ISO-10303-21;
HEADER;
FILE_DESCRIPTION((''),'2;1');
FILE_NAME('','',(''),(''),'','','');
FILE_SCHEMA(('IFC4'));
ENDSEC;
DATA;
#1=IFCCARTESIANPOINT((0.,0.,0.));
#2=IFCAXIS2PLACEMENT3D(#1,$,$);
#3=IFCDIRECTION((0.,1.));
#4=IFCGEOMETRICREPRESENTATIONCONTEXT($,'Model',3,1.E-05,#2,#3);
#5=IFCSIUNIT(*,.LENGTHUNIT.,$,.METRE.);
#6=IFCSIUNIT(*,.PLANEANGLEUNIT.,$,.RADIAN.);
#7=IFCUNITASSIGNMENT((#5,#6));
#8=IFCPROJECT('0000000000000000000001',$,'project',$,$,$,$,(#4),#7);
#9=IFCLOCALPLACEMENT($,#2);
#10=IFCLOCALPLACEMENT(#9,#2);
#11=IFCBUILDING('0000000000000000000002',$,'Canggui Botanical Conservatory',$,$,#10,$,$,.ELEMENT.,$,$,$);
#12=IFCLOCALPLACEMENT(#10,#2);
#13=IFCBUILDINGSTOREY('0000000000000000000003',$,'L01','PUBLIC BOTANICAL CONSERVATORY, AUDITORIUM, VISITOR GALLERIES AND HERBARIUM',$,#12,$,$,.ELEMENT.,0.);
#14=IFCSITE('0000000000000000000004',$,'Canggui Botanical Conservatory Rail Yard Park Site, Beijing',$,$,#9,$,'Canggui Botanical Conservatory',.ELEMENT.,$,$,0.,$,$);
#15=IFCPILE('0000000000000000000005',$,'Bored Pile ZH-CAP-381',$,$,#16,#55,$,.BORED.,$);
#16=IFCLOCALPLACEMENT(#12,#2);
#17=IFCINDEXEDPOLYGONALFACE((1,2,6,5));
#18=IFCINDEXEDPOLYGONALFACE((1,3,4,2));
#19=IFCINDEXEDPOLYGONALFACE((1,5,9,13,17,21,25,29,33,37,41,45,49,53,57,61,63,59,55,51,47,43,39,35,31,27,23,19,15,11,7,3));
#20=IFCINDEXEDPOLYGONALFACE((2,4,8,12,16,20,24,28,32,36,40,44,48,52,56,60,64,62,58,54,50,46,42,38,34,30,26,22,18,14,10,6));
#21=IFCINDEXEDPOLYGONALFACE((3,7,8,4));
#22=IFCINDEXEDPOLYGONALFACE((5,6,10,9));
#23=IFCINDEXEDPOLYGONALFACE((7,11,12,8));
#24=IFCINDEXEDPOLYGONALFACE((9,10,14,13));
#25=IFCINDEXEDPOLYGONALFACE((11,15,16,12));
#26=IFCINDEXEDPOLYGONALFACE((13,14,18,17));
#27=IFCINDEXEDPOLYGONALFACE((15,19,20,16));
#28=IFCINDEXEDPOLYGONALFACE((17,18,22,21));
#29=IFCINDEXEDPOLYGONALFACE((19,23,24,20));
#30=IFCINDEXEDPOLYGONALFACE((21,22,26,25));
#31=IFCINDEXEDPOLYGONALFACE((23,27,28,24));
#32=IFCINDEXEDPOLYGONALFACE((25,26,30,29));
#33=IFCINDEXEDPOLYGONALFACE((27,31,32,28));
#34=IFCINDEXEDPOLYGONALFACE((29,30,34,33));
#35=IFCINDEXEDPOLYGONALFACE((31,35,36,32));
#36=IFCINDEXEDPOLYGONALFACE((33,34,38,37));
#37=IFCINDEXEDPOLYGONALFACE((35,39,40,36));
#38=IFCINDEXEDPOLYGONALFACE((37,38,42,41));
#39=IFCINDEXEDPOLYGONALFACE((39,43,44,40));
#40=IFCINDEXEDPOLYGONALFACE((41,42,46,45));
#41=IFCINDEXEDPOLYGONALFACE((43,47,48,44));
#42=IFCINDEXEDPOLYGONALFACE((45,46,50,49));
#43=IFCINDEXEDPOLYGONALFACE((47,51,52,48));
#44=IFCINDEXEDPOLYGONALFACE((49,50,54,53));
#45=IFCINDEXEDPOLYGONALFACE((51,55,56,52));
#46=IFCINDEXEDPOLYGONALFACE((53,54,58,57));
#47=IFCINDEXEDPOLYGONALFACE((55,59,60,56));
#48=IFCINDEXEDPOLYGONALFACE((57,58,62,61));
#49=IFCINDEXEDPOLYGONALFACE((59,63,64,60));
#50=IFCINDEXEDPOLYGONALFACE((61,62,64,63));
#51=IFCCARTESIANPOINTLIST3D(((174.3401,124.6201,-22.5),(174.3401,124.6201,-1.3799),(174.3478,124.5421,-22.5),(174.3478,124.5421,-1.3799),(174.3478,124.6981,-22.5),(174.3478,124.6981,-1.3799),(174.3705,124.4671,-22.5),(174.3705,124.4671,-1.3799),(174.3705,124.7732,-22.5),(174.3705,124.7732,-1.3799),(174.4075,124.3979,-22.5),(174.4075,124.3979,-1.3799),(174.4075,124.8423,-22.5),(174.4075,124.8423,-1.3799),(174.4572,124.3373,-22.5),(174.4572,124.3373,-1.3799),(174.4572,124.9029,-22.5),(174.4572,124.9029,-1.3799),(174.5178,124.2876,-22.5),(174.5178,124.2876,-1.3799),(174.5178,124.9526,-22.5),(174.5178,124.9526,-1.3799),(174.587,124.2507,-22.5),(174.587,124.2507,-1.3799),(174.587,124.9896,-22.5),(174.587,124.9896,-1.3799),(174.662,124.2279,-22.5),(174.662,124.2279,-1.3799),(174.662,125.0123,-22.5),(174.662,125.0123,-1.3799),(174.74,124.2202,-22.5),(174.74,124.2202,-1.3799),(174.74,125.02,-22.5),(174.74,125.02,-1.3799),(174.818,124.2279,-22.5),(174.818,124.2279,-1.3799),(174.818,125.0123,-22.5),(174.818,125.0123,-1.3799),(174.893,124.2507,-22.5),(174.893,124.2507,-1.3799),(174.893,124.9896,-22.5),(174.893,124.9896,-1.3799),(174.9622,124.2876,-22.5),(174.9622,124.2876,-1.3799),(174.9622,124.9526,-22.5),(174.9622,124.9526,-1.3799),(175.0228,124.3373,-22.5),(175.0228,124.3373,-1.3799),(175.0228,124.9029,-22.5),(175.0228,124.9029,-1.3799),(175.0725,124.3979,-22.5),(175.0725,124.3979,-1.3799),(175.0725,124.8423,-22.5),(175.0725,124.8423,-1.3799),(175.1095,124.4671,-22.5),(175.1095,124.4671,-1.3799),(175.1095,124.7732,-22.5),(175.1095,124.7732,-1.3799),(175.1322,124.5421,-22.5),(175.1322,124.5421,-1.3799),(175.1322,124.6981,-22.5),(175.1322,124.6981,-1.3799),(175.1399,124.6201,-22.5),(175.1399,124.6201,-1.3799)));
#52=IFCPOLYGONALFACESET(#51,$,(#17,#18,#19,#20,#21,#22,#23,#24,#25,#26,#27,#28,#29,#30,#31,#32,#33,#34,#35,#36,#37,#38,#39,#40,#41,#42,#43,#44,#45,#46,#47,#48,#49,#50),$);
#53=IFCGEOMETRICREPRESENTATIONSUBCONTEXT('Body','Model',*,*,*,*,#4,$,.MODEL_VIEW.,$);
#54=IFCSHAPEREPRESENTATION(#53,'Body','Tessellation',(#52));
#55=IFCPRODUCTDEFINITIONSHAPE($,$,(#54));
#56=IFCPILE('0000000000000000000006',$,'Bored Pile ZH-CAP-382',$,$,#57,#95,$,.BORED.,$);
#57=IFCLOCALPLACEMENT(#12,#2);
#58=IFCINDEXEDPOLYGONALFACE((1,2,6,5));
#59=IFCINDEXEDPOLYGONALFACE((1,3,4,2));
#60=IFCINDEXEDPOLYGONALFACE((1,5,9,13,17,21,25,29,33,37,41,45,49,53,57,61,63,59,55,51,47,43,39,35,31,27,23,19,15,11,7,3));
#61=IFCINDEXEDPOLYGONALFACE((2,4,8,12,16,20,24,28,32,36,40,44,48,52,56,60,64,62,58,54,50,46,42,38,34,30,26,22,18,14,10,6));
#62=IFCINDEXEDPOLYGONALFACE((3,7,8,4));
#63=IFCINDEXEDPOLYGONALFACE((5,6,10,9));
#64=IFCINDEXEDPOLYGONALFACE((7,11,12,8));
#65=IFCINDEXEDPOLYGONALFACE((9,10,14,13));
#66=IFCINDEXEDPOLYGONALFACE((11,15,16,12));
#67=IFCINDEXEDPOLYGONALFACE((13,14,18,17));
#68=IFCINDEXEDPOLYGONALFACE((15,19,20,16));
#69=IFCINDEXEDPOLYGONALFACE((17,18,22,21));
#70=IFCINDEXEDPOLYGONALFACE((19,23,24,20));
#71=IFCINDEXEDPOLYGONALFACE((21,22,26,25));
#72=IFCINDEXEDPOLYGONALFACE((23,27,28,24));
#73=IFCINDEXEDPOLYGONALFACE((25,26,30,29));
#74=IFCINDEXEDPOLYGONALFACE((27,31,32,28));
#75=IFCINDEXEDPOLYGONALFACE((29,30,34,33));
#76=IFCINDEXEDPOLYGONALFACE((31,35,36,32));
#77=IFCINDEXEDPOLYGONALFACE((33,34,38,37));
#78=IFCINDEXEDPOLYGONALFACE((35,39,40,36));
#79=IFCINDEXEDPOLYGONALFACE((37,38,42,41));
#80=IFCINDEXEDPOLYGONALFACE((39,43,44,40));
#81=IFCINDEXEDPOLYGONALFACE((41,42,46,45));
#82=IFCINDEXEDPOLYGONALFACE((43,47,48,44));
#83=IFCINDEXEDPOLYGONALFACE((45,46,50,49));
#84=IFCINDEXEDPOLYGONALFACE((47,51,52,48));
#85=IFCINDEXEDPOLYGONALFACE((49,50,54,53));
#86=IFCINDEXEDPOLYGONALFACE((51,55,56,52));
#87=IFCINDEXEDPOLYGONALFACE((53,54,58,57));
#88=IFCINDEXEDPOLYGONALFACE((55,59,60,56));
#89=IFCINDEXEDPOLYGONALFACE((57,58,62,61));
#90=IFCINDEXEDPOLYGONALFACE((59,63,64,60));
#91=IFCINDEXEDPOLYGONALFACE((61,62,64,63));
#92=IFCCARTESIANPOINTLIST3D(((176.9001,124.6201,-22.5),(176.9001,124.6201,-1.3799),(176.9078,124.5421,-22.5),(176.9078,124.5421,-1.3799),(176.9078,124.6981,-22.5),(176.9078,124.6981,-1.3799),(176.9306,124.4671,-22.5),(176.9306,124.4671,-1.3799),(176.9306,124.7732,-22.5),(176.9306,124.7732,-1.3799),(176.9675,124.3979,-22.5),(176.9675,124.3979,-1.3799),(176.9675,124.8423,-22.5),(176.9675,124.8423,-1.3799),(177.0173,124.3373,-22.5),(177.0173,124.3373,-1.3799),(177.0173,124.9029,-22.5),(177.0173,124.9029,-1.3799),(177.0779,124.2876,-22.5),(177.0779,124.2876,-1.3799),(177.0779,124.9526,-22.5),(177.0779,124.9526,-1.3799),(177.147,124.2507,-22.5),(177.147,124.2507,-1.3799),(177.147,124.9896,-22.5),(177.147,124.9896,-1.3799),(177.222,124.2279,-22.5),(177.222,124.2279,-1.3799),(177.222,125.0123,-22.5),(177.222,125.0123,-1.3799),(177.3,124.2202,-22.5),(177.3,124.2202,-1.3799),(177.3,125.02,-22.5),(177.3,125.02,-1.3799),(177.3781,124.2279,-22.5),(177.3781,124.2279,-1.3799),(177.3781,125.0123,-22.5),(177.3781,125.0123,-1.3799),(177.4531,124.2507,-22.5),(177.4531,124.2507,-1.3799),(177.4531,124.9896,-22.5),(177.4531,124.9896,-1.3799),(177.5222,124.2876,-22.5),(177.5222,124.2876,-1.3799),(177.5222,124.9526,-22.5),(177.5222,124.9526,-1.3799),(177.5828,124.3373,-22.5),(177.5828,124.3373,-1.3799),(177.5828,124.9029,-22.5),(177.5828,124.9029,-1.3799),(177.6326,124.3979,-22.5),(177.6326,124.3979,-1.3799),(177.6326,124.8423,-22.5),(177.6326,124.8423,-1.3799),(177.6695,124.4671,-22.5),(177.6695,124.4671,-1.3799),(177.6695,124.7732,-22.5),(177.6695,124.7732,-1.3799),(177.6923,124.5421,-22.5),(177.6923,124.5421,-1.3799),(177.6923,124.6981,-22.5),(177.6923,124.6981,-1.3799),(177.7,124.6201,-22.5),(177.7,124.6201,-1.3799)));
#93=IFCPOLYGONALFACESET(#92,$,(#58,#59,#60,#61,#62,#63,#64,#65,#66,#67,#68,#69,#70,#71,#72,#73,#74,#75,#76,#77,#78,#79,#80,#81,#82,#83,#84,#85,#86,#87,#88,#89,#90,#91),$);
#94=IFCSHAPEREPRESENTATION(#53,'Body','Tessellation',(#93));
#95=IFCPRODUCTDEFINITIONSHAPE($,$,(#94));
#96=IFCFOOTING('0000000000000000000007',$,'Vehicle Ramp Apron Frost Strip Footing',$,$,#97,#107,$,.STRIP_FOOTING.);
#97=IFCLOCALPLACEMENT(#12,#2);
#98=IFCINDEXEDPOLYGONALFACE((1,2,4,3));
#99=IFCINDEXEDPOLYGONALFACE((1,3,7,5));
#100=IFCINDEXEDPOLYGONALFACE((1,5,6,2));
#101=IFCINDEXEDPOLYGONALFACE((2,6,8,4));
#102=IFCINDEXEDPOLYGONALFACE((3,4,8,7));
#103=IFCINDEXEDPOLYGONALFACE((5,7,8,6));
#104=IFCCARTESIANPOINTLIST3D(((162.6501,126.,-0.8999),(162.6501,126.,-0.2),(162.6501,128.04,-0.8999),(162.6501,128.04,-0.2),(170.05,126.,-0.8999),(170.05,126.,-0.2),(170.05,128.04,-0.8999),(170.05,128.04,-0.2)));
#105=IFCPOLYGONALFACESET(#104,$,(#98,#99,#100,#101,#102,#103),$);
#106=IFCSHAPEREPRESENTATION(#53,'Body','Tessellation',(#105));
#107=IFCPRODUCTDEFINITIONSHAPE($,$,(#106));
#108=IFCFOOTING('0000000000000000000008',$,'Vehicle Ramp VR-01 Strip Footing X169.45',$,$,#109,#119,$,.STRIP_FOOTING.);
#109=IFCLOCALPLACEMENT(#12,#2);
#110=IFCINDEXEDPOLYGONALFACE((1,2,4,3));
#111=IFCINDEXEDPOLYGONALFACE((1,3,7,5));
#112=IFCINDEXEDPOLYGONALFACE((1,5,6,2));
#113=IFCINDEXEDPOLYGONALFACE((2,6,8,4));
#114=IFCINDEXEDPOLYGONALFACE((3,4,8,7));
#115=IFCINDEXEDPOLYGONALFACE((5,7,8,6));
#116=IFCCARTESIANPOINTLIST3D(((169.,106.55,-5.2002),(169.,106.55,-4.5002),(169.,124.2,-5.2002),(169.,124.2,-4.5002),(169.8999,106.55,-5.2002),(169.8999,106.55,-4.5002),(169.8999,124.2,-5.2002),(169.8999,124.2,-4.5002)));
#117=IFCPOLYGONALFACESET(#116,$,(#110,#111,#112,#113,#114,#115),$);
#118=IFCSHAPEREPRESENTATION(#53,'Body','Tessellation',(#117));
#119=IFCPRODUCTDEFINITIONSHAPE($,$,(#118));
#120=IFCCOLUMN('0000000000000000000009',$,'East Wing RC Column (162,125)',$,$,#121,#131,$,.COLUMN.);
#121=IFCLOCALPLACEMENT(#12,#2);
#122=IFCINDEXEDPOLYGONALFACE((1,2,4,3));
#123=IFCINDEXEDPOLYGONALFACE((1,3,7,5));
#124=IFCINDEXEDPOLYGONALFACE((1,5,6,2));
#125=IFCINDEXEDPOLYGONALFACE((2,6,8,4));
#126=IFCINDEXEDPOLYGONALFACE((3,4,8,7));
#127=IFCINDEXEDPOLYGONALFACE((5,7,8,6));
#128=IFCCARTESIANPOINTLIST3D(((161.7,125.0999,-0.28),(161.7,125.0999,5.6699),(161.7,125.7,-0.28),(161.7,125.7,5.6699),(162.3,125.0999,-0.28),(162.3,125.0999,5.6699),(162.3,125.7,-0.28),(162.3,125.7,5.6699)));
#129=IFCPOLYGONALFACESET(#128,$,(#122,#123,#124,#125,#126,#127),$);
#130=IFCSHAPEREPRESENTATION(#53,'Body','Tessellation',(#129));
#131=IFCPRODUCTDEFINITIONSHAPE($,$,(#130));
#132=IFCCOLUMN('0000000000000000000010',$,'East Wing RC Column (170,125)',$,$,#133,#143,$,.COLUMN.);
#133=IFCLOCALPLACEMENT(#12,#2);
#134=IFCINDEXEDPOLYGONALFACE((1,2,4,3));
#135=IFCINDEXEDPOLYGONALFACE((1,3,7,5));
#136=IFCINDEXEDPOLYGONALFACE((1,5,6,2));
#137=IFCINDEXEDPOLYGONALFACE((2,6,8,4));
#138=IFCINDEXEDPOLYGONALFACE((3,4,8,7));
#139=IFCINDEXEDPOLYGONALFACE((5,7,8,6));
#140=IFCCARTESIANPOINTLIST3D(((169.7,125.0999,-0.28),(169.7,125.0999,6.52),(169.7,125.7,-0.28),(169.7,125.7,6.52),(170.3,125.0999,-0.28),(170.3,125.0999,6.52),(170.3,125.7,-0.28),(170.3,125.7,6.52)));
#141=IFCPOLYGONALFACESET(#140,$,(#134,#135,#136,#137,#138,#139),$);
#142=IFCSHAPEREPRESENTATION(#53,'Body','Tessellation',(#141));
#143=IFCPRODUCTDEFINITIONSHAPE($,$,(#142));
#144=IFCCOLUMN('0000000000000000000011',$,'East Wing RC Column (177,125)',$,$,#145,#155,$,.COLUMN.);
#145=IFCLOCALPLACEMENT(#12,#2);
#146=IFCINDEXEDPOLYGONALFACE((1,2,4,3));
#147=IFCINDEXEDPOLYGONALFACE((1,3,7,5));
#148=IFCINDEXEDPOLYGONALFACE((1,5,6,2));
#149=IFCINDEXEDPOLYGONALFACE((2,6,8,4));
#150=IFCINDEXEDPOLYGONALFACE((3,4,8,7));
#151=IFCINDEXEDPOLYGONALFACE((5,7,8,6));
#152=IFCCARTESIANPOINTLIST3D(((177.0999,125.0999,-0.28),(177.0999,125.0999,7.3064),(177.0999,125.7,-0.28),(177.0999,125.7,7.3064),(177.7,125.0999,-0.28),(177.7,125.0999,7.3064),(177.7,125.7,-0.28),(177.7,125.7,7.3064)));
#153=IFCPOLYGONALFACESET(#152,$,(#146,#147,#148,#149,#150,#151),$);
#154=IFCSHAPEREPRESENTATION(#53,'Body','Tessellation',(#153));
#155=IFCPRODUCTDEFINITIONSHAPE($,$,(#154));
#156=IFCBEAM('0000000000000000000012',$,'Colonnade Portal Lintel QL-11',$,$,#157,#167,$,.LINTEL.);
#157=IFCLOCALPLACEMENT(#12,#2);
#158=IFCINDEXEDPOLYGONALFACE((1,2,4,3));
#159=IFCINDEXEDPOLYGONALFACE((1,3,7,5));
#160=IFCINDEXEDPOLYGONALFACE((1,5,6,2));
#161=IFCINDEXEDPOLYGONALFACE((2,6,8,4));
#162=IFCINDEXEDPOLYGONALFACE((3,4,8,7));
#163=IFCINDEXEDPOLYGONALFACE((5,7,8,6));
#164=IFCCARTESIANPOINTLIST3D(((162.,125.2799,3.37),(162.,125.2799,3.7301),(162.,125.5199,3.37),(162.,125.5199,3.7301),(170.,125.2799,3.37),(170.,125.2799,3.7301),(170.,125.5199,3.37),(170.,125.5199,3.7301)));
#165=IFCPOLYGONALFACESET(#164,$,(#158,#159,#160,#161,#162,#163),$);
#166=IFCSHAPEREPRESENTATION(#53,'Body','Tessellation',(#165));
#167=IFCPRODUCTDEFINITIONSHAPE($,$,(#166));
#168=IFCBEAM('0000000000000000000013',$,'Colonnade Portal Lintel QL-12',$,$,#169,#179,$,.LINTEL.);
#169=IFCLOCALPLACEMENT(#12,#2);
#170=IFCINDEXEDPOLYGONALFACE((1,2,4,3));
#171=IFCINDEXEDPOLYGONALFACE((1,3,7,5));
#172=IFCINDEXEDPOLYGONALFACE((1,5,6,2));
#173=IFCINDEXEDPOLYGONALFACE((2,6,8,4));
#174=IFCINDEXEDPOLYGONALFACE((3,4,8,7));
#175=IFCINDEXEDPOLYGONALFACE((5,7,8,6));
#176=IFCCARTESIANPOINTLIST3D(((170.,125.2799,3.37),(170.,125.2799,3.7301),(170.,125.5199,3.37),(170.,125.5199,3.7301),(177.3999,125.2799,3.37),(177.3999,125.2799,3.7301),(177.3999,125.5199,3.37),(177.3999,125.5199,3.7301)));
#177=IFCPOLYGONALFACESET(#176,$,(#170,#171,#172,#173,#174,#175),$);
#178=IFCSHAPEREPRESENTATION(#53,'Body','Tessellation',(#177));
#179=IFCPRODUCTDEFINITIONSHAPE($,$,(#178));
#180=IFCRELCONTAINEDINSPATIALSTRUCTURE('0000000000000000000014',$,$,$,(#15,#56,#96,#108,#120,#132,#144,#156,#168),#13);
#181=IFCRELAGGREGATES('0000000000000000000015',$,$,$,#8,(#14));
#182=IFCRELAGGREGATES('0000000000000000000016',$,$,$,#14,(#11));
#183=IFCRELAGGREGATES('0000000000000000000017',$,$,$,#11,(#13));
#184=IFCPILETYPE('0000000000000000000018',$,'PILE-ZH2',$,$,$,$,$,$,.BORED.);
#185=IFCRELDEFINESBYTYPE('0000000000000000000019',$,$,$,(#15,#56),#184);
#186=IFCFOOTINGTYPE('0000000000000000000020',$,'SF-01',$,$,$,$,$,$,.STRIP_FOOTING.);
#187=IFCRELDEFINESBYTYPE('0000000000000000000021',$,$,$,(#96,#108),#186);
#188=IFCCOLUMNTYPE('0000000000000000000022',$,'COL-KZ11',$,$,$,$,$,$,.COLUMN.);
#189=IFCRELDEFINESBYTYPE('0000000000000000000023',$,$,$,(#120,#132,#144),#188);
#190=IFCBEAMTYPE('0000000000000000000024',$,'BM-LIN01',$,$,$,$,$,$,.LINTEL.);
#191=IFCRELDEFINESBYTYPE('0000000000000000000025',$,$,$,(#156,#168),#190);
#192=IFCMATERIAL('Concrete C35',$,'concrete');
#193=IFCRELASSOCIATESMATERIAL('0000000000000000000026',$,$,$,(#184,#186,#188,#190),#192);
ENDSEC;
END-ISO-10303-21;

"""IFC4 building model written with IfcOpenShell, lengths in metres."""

from ifc_helpers import new_model, si_unit, direction, frame, origin, origin_2d, place, context, subcontext, project, spatial, rectangle, circle, extrude, material, material_profile, profile_set, type_object, element, save


model = new_model("IFC4")

# Units and contexts
model_context = context("Model", 3, precision=1e-05, world=origin(), true_north=direction((0.0, 1.0)))
body_context = subcontext(model_context, "Body", "Model", "MODEL_VIEW")
ifc_project = project(units=[si_unit("LENGTHUNIT", "METRE"), si_unit("PLANEANGLEUNIT", "RADIAN")], contexts=[model_context])

# Site, building, storey
site_placement = place(None, origin())
site = spatial("IfcSite", under=ifc_project, at=site_placement, Name="Canggui Botanical Conservatory Rail Yard Park Site, Beijing", LongName="Canggui Botanical Conservatory", CompositionType="ELEMENT", RefElevation=0.0)
building_placement = place(site_placement, origin())
building = spatial("IfcBuilding", under=site, at=building_placement, Name="Canggui Botanical Conservatory", CompositionType="ELEMENT")
storey_placement = place(building_placement, origin())
storey = spatial("IfcBuildingStorey", under=building, at=storey_placement, Name="L01", Description="PUBLIC BOTANICAL CONSERVATORY, AUDITORIUM, VISITOR GALLERIES AND HERBARIUM", CompositionType="ELEMENT", Elevation=0.0)

# Shared definitions
ifc_material_1 = material(Name="Concrete C35", Category="concrete")

# Piles
ifc_material_profile_1 = material_profile(ifc_material_1, circle(Radius=0.3999, at=origin_2d()), Name="PILE D800")
ifc_profile_set_1 = profile_set([ifc_material_profile_1], Name="Concrete C35")
pile_type = type_object("IfcPileType", Name="PILE-ZH2", PredefinedType="BORED", material=ifc_profile_set_1)
for number, where, z_axis, x_axis, name in (
    (1, (174.74, 124.6201, -1.3799), (0.0, 0.0, -1.0), (1.0, 0.0, 0.0), "Bored Pile ZH-CAP-381"),
    (2, (177.3, 124.6201, -1.3799), (0.0, 0.0, -1.0), (1.0, 0.0, 0.0), "Bored Pile ZH-CAP-382"),
):
    element("IfcPile", number, at=place(storey_placement, frame(where, z_axis=z_axis, x_axis=x_axis)), inside=storey, type_object=pile_type, Name=name, PredefinedType="BORED", context=body_context, shape_type="SweptSolid", body=[
        extrude(circle(Radius=0.3999, at=origin_2d()), origin(), (0.0, 0.0, 1.0), 21.1201),
    ])

# Footings
footing_type_1 = type_object("IfcFootingType", Name="SF-01", PredefinedType="STRIP_FOOTING", material=ifc_material_1)
footing_1_placement = place(storey_placement, frame((166.3501, 127.02, -0.8999), z_axis=(0.0, 0.0, 1.0), x_axis=(1.0, 0.0, 0.0)))
element("IfcFooting", 3, at=footing_1_placement, inside=storey, type_object=footing_type_1, Name="Vehicle Ramp Apron Frost Strip Footing", PredefinedType="STRIP_FOOTING", context=body_context, shape_type="SweptSolid", body=[
    extrude(rectangle(XDim=7.3999, YDim=2.04, at=origin_2d()), origin(), (0.0, 0.0, 1.0), 0.7),
])
footing_2_placement = place(storey_placement, frame((169.45, 115.375, -5.2002), z_axis=(0.0, 0.0, 1.0), x_axis=(0.0, 1.0, 0.0)))
element("IfcFooting", 4, at=footing_2_placement, inside=storey, type_object=footing_type_1, Name="Vehicle Ramp VR-01 Strip Footing X169.45", PredefinedType="STRIP_FOOTING", context=body_context, shape_type="SweptSolid", body=[
    extrude(rectangle(XDim=17.6499, YDim=0.8999, at=origin_2d()), origin(), (0.0, 0.0, 1.0), 0.7),
])

# Columns
ifc_material_profile_2 = material_profile(ifc_material_1, rectangle(XDim=0.6001, YDim=0.6001, at=origin_2d()), Name="RC 600x600")
ifc_profile_set_2 = profile_set([ifc_material_profile_2], Name="Concrete C35")
column_type = type_object("IfcColumnType", Name="COL-KZ11", PredefinedType="COLUMN", material=ifc_profile_set_2)
column_1_placement = place(storey_placement, frame((162.0, 125.3999, -0.28), z_axis=(0.0, 0.0, 1.0), x_axis=(1.0, 0.0, 0.0)))
element("IfcColumn", 5, at=column_1_placement, inside=storey, type_object=column_type, Name="East Wing RC Column (162,125)", PredefinedType="COLUMN", context=body_context, shape_type="SweptSolid", body=[
    extrude(rectangle(XDim=0.6001, YDim=0.6001, at=origin_2d()), origin(), (0.0, 0.0, 1.0), 5.95),
])
column_2_placement = place(storey_placement, frame((170.0, 125.3999, -0.28), z_axis=(0.0, 0.0, 1.0), x_axis=(1.0, 0.0, 0.0)))
element("IfcColumn", 6, at=column_2_placement, inside=storey, type_object=column_type, Name="East Wing RC Column (170,125)", PredefinedType="COLUMN", context=body_context, shape_type="SweptSolid", body=[
    extrude(rectangle(XDim=0.6001, YDim=0.6001, at=origin_2d()), origin(), (0.0, 0.0, 1.0), 6.8),
])
column_3_placement = place(storey_placement, frame((177.3999, 125.3999, -0.28), z_axis=(0.0, 0.0, 1.0), x_axis=(1.0, 0.0, 0.0)))
element("IfcColumn", 7, at=column_3_placement, inside=storey, type_object=column_type, Name="East Wing RC Column (177,125)", PredefinedType="COLUMN", context=body_context, shape_type="SweptSolid", body=[
    extrude(rectangle(XDim=0.6001, YDim=0.6001, at=origin_2d()), origin(), (0.0, 0.0, 1.0), 7.5864),
])

# Beams
ifc_material_profile_3 = material_profile(ifc_material_1, rectangle(XDim=0.24, YDim=0.3601, at=origin_2d()), Name="RB 240x360")
ifc_profile_set_3 = profile_set([ifc_material_profile_3], Name="Concrete C35")
beam_type = type_object("IfcBeamType", Name="BM-LIN01", PredefinedType="LINTEL", material=ifc_profile_set_3)
beam_1_placement = place(storey_placement, frame((162.0, 125.3999, 3.55), z_axis=(1.0, 0.0, 0.0), x_axis=(0.0, 1.0, 0.0)))
element("IfcBeam", 8, at=beam_1_placement, inside=storey, type_object=beam_type, Name="Colonnade Portal Lintel QL-11", PredefinedType="LINTEL", context=body_context, shape_type="SweptSolid", body=[
    extrude(rectangle(XDim=0.24, YDim=0.3601, at=origin_2d()), origin(), (0.0, 0.0, 1.0), 8.0),
])
beam_2_placement = place(storey_placement, frame((170.0, 125.3999, 3.55), z_axis=(1.0, 0.0, 0.0), x_axis=(0.0, 1.0, 0.0)))
element("IfcBeam", 9, at=beam_2_placement, inside=storey, type_object=beam_type, Name="Colonnade Portal Lintel QL-12", PredefinedType="LINTEL", context=body_context, shape_type="SweptSolid", body=[
    extrude(rectangle(XDim=0.24, YDim=0.3601, at=origin_2d()), origin(), (0.0, 0.0, 1.0), 7.3999),
])

save(model, "model.ifc")
